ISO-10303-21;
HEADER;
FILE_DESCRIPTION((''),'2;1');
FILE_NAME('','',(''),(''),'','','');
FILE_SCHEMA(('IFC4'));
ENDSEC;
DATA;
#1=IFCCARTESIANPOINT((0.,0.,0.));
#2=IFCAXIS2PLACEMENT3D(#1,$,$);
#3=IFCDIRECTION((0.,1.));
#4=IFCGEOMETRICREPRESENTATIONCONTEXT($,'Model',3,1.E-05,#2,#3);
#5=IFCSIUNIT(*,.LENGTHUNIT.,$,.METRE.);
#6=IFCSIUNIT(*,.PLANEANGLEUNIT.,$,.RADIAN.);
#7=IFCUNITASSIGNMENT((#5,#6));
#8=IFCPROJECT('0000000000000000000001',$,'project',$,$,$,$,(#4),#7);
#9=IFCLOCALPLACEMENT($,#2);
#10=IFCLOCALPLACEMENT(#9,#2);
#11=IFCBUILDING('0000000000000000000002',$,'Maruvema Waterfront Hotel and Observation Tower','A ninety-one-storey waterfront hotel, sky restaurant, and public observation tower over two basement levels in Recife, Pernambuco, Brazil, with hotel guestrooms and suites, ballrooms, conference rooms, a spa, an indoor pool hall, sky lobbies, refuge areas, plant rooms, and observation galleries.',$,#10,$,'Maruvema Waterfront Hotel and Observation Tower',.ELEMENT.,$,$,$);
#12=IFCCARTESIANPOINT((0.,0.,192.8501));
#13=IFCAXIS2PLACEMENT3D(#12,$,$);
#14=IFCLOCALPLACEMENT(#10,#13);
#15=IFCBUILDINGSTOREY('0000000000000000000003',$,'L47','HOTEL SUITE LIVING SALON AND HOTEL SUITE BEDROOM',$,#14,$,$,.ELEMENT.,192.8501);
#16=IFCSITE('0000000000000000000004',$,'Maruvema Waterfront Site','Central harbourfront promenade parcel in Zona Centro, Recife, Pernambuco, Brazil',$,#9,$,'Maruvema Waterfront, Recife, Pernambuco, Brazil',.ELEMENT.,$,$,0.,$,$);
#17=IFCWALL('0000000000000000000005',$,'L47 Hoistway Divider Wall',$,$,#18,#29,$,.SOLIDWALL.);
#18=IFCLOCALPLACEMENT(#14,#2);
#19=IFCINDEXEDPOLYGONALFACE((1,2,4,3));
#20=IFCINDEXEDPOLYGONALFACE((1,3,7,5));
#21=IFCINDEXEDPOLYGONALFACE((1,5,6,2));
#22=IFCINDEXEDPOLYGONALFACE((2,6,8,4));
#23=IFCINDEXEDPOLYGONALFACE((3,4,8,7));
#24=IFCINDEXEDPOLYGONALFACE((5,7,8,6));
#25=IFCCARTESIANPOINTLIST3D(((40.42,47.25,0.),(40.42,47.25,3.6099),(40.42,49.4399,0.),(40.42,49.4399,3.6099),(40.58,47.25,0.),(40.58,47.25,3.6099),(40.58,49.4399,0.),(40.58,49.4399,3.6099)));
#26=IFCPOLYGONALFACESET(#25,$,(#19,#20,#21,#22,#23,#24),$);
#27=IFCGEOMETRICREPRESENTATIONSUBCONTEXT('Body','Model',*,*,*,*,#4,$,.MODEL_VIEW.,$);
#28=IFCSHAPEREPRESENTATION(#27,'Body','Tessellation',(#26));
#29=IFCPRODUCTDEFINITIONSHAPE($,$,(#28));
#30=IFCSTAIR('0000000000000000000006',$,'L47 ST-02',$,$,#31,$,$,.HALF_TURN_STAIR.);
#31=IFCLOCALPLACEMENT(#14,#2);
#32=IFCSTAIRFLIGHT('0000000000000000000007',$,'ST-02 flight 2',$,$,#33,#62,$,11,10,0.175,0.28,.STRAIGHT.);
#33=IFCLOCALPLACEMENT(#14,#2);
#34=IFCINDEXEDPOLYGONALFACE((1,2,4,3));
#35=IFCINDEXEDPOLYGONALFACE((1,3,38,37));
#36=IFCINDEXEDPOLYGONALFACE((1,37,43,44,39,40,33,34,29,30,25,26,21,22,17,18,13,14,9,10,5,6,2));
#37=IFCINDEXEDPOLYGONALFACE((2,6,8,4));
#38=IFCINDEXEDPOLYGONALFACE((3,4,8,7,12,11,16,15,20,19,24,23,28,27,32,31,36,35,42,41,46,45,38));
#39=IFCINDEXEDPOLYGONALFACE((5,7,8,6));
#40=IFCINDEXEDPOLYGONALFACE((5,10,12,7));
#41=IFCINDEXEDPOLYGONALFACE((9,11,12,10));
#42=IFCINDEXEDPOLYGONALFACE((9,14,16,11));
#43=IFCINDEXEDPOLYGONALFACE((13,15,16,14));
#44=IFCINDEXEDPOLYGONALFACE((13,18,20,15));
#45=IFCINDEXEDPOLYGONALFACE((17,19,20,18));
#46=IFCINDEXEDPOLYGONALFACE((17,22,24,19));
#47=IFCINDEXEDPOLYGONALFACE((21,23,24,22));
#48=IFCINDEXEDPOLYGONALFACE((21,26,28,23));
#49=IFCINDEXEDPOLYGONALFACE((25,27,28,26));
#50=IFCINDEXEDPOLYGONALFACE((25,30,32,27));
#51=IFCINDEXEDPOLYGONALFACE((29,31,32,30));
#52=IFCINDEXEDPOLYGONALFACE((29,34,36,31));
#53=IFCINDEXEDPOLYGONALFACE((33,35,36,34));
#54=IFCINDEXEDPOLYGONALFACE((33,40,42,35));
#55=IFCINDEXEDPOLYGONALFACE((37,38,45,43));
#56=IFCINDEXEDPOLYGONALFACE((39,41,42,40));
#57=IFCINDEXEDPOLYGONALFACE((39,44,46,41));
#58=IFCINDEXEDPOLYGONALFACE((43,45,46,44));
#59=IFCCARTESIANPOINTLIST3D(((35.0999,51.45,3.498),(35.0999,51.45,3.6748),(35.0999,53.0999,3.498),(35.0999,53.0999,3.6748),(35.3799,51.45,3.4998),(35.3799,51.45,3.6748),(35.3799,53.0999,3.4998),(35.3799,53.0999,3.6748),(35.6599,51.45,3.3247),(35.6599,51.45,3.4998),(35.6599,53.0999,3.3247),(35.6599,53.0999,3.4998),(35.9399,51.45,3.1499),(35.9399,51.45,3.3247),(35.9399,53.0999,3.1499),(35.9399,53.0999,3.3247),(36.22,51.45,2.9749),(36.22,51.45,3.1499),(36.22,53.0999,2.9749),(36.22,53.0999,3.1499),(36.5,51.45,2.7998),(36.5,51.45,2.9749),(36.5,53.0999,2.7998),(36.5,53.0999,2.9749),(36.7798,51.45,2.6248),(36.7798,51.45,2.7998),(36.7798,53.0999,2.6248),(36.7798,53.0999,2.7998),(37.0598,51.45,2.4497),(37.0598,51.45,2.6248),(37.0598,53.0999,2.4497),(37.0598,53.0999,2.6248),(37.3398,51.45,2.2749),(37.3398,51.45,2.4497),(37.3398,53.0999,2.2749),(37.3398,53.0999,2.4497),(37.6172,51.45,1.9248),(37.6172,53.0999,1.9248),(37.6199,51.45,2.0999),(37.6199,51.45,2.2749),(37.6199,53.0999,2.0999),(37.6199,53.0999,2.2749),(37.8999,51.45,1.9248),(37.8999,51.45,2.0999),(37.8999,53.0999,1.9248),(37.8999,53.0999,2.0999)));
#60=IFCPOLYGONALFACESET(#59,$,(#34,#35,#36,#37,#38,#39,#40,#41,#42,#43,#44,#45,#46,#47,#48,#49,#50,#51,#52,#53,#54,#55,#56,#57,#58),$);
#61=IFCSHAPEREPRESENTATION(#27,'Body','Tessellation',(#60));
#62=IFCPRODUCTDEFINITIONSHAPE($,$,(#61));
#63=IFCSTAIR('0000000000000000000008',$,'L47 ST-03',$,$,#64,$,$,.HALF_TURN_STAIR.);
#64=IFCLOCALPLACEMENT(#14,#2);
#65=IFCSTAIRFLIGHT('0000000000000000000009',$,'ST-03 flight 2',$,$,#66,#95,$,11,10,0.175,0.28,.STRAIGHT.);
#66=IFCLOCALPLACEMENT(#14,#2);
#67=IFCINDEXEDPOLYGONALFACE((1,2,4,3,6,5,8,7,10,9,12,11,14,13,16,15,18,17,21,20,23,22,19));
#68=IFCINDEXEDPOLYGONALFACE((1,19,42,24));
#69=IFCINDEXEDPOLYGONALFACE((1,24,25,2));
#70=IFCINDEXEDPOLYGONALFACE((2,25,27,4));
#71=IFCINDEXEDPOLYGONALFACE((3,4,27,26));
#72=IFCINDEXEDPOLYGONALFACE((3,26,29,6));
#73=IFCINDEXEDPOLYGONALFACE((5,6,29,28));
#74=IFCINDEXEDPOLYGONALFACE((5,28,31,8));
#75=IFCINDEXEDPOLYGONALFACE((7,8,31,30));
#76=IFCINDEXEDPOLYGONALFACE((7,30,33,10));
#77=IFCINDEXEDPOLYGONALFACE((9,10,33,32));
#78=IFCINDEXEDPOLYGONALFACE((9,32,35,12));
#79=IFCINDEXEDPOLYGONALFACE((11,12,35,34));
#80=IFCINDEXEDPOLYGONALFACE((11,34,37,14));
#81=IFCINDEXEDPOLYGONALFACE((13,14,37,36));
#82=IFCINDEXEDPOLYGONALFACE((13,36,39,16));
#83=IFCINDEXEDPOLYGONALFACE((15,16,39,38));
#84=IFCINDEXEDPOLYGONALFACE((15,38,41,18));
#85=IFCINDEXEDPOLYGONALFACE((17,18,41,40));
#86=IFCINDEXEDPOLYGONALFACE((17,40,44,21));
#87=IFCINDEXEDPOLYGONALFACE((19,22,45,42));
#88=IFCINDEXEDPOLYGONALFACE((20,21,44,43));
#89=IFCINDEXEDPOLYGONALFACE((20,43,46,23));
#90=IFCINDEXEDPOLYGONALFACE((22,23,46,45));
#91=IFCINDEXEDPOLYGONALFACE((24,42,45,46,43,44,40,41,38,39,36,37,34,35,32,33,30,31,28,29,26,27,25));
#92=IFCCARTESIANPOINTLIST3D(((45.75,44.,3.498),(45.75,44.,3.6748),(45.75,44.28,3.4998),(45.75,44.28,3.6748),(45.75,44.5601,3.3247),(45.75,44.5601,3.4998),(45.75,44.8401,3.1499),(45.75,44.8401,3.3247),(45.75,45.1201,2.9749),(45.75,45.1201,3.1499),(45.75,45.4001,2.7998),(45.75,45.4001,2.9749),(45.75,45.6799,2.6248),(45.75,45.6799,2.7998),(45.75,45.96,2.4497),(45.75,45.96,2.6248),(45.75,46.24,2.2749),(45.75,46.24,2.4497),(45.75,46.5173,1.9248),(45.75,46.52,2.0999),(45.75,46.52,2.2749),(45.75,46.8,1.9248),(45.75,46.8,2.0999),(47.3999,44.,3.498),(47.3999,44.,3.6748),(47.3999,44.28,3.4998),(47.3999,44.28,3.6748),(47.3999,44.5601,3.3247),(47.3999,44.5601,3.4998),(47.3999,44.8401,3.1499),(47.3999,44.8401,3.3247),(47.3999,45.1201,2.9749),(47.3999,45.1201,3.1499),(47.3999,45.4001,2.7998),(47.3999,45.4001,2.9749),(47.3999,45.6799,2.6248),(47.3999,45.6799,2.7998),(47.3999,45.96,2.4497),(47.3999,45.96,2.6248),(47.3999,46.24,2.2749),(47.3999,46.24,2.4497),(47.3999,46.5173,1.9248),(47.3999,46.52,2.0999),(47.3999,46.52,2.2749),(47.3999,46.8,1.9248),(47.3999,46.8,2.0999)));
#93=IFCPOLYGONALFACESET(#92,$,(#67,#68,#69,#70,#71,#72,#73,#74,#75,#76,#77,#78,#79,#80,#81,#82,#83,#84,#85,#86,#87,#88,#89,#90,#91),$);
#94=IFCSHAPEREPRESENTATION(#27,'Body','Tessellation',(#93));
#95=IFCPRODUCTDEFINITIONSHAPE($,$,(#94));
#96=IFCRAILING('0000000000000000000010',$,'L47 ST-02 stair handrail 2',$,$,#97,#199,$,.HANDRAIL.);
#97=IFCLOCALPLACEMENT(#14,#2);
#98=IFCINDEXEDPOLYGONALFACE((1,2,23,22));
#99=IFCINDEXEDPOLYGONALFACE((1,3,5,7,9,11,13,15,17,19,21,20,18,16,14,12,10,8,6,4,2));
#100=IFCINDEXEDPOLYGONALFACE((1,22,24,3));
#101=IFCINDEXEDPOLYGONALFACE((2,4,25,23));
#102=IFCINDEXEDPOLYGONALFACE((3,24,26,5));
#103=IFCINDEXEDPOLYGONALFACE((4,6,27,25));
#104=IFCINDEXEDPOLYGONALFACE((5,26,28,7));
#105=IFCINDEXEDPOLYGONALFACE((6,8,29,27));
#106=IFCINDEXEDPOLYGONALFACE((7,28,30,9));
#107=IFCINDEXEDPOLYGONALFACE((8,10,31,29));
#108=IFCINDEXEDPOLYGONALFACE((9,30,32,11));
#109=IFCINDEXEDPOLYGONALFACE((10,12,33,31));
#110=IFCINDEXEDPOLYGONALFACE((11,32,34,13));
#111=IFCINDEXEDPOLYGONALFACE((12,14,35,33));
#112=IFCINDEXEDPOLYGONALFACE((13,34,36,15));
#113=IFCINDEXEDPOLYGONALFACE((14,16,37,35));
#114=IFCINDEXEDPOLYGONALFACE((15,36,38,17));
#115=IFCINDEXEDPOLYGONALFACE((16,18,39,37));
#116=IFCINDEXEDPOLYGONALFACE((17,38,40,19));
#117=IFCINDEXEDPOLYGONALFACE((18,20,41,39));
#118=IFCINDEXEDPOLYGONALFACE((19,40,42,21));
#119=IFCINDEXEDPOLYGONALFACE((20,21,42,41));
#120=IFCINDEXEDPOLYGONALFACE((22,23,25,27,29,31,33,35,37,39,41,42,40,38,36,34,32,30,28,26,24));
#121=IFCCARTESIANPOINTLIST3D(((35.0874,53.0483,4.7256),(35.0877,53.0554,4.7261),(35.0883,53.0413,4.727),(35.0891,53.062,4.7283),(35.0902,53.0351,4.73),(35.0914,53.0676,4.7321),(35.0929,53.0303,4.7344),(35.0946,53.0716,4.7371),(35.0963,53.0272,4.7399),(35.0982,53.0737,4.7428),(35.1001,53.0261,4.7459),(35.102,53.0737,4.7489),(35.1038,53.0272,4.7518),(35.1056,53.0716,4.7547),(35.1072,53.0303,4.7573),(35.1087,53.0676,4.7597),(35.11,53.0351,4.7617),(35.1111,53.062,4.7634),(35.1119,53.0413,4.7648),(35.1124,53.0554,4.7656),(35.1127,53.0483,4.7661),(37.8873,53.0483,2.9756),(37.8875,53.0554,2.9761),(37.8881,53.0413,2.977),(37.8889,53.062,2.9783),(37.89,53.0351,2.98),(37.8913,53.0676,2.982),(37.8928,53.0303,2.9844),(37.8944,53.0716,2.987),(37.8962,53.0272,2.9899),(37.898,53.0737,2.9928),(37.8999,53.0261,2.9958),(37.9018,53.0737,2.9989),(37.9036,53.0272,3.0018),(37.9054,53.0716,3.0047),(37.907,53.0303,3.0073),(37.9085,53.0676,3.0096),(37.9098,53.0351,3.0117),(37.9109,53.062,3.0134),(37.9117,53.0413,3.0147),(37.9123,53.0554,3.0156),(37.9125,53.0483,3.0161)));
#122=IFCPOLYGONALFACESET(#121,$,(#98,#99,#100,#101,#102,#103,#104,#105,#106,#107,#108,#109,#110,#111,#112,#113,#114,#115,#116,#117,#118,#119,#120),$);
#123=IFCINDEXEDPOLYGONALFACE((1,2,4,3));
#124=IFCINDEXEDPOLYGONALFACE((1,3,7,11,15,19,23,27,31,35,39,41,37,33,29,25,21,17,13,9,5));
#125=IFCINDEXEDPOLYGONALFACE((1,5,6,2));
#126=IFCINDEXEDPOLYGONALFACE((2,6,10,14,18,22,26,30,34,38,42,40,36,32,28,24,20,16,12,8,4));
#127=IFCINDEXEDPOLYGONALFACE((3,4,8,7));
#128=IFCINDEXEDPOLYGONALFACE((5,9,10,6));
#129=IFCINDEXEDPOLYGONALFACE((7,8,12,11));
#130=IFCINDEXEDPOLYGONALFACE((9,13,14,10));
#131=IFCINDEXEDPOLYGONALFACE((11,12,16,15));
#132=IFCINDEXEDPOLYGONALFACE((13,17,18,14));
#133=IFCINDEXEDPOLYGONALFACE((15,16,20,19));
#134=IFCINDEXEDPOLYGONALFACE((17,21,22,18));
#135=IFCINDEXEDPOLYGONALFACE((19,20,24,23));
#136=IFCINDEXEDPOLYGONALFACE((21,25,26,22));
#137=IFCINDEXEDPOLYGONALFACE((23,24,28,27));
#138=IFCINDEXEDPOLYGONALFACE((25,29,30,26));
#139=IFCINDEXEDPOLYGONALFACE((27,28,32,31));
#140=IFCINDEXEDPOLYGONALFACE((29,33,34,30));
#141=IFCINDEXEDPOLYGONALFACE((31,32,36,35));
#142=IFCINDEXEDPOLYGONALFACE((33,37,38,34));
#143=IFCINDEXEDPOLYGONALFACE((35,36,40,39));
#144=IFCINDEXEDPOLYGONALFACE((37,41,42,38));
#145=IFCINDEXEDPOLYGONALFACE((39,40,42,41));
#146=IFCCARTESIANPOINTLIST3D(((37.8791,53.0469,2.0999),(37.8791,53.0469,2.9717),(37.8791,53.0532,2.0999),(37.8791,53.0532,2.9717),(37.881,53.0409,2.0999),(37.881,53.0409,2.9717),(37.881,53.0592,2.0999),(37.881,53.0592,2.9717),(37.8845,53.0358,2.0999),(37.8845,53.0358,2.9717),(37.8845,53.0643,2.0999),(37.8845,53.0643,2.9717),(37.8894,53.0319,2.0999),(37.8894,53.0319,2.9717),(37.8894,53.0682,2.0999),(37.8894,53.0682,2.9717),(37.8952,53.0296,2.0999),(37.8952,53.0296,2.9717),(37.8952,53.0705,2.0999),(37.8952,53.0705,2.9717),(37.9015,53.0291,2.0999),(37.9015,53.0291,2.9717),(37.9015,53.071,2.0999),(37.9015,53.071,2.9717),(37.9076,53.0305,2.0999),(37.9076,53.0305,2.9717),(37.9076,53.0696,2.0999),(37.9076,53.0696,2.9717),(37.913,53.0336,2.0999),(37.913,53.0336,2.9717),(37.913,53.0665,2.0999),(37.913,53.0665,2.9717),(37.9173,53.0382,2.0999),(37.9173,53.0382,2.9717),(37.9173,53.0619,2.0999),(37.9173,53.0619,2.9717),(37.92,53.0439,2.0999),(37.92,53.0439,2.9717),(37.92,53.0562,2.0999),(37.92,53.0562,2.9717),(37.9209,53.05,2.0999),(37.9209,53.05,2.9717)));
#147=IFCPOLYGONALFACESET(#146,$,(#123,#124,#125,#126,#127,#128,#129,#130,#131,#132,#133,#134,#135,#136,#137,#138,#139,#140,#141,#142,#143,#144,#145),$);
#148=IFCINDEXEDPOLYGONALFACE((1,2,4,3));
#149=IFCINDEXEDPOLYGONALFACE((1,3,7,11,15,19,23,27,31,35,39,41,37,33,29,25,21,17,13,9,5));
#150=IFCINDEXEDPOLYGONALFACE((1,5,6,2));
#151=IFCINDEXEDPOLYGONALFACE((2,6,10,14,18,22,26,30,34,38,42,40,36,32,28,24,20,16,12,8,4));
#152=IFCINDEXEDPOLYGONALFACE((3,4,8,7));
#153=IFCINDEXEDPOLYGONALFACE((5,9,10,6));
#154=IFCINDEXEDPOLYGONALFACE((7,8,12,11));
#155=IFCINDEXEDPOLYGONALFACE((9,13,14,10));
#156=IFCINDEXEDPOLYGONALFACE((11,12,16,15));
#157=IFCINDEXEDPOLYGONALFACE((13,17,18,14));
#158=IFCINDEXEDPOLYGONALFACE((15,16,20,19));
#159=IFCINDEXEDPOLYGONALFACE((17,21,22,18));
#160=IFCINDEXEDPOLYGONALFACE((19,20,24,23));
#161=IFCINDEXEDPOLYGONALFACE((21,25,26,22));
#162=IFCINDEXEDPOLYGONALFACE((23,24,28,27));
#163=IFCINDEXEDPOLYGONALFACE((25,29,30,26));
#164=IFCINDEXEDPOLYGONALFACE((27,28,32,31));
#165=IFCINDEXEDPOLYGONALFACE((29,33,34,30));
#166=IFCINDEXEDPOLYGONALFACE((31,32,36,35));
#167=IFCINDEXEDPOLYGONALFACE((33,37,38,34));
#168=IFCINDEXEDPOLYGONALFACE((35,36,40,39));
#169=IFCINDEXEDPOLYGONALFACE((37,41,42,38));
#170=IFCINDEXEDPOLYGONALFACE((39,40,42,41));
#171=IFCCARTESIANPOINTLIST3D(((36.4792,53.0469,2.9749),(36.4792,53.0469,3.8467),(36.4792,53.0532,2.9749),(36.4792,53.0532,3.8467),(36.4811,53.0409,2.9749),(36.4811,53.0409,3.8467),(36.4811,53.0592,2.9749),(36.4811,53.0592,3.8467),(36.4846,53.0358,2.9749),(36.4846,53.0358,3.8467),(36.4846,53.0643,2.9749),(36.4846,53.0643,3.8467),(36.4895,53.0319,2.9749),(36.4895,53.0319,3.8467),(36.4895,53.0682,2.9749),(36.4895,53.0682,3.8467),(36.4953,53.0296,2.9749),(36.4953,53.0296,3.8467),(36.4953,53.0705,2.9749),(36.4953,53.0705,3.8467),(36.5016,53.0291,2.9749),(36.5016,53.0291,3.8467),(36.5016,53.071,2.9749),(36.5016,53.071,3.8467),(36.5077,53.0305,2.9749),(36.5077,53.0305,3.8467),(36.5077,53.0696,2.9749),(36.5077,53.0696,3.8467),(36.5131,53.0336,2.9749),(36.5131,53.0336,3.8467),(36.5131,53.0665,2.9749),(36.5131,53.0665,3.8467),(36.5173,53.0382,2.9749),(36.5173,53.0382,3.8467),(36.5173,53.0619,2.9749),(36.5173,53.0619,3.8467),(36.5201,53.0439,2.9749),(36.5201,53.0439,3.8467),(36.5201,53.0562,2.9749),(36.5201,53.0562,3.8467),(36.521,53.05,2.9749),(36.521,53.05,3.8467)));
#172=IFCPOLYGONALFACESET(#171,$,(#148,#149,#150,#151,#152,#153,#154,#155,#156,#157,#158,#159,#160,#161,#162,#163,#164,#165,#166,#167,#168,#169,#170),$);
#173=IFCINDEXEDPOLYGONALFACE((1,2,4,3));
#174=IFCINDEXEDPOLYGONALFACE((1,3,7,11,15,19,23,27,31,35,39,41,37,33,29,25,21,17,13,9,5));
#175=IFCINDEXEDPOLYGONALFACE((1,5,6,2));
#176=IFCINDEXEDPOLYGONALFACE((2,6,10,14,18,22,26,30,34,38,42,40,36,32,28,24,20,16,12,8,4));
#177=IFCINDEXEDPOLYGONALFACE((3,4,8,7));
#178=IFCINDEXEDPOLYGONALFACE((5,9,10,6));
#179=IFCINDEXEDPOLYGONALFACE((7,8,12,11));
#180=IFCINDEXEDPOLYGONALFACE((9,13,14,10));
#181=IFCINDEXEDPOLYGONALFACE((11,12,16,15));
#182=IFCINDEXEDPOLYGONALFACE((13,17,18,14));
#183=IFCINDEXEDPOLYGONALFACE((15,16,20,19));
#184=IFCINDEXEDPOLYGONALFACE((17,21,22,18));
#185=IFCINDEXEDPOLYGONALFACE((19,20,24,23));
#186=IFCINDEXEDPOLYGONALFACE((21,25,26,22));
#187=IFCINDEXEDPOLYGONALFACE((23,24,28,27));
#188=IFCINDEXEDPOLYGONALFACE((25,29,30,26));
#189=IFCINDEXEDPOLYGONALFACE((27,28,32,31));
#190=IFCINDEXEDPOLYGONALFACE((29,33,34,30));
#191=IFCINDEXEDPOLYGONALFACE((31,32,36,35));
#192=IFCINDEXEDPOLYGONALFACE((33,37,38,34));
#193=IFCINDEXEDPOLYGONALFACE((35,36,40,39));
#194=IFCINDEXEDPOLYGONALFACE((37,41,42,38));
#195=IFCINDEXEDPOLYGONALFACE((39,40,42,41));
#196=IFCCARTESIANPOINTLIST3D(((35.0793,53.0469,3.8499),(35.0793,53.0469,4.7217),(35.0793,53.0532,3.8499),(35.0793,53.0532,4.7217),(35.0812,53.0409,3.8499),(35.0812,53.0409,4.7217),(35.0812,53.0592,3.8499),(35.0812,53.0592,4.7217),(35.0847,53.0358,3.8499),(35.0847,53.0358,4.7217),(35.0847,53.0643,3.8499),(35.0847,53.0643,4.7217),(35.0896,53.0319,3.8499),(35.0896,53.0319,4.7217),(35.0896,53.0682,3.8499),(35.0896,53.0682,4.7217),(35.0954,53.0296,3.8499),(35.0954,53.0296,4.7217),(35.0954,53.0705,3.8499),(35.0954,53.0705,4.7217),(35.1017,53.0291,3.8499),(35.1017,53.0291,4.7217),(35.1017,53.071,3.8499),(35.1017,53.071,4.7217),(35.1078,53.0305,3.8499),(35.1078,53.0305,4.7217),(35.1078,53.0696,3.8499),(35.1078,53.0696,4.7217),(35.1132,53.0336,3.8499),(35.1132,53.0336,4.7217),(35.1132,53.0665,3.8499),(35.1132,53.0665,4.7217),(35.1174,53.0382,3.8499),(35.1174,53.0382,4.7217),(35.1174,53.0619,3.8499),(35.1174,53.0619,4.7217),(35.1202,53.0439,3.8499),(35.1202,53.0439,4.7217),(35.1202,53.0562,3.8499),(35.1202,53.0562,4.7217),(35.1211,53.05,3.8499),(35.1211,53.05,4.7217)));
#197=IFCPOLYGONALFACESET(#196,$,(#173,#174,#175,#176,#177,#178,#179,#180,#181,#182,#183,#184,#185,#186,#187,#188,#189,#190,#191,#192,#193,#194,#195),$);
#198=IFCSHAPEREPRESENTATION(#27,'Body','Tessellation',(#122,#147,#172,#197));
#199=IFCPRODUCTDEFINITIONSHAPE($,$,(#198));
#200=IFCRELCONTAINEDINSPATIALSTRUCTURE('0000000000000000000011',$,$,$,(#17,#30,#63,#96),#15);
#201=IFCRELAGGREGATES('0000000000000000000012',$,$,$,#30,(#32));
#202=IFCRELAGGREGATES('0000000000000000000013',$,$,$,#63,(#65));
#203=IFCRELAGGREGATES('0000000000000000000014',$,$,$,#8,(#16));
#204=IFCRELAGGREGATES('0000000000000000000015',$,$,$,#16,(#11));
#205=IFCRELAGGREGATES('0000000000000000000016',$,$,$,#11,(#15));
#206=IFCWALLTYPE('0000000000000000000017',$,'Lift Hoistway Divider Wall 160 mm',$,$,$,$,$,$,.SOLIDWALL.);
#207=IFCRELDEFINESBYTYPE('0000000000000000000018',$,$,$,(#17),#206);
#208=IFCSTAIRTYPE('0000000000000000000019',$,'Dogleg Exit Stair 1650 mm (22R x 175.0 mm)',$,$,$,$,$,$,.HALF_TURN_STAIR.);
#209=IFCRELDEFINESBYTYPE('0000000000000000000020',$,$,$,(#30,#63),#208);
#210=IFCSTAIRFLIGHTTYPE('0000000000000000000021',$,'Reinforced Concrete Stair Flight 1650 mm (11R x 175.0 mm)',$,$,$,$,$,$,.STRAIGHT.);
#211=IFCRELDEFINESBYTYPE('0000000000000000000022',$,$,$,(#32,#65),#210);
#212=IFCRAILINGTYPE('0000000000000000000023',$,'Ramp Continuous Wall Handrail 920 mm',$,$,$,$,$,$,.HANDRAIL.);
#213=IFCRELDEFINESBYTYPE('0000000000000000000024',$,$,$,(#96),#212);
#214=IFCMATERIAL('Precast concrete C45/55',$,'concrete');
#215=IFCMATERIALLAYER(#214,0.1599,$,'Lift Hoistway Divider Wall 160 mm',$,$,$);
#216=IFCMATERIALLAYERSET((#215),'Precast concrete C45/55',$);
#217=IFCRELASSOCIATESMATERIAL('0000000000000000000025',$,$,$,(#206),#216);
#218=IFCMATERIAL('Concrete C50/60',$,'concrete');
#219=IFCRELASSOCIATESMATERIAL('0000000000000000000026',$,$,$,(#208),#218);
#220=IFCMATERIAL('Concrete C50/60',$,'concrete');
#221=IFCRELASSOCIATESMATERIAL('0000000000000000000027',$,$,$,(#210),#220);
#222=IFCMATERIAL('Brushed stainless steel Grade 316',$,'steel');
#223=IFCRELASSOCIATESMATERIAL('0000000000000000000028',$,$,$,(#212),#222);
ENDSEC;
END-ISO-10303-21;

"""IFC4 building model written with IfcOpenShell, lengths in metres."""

from ifc_helpers import new_model, si_unit, direction, frame, frame_2d, origin, origin_2d, place, context, subcontext, project, spatial, polyline, rectangle, circle, outline, extrude, material, layer, layer_set, type_object, element, aggregate, save


model = new_model("IFC4")

# Units and contexts
model_context = context("Model", 3, precision=1e-05, world=origin(), true_north=direction((0.0, 1.0)))
body_context = subcontext(model_context, "Body", "Model", "MODEL_VIEW")
ifc_project = project(units=[si_unit("LENGTHUNIT", "METRE"), si_unit("PLANEANGLEUNIT", "RADIAN")], contexts=[model_context])

# Site, building, storey
site_placement = place(None, origin())
site = spatial("IfcSite", under=ifc_project, at=site_placement, Name="Maruvema Waterfront Site", Description="Central harbourfront promenade parcel in Zona Centro, Recife, Pernambuco, Brazil", LongName="Maruvema Waterfront, Recife, Pernambuco, Brazil", CompositionType="ELEMENT", RefElevation=0.0)
building_placement = place(site_placement, origin())
building = spatial("IfcBuilding", under=site, at=building_placement, Name="Maruvema Waterfront Hotel and Observation Tower", Description="A ninety-one-storey waterfront hotel, sky restaurant, and public observation tower over two basement levels in Recife, Pernambuco, Brazil, with hotel guestrooms and suites, ballrooms, conference rooms, a spa, an indoor pool hall, sky lobbies, refuge areas, plant rooms, and observation galleries.", LongName="Maruvema Waterfront Hotel and Observation Tower", CompositionType="ELEMENT")
storey_placement = place(building_placement, frame((0.0, 0.0, 192.8501)))
storey = spatial("IfcBuildingStorey", under=building, at=storey_placement, Name="L47", Description="HOTEL SUITE LIVING SALON AND HOTEL SUITE BEDROOM", CompositionType="ELEMENT", Elevation=192.8501)

# Wall
ifc_material_1 = material(Name="Precast concrete C45/55", Category="concrete")
ifc_layer_1 = layer(ifc_material_1, 0.1599, Name="Lift Hoistway Divider Wall 160 mm")
ifc_layer_set_1 = layer_set([ifc_layer_1], Name="Precast concrete C45/55")
wall_type_1 = type_object("IfcWallType", Name="Lift Hoistway Divider Wall 160 mm", PredefinedType="SOLIDWALL", material=ifc_layer_set_1)
for number, where, z_axis, x_axis, name in (
    (1, (40.5, 47.25, 0.0), (0.0, 0.0, 1.0), (0.0, 1.0, 0.0), "L47 Hoistway Divider Wall"),
):
    element("IfcWall", number, at=place(storey_placement, frame(where, z_axis=z_axis, x_axis=x_axis)), inside=storey, type_object=wall_type_1, Name=name, PredefinedType="SOLIDWALL", context=body_context, shape_type="SweptSolid", body=[
        extrude(rectangle(XDim=2.1899, YDim=0.1599, at=frame_2d((1.095, 0.0))), origin(), (0.0, 0.0, 1.0), 3.6099),
    ])

# Stairs, stair flights
ifc_material_2 = material(Name="Concrete C50/60", Category="concrete")
stair_type = type_object("IfcStairType", Name="Dogleg Exit Stair 1650 mm (22R x 175.0 mm)", PredefinedType="HALF_TURN_STAIR", material=ifc_material_2)
stair_1_placement = place(storey_placement, origin())
stair_1 = element("IfcStair", 2, at=stair_1_placement, inside=storey, type_object=stair_type, Name="L47 ST-02", PredefinedType="HALF_TURN_STAIR")
ifc_material_3 = material(Name="Concrete C50/60", Category="concrete")
stair_flight_type = type_object("IfcStairFlightType", Name="Reinforced Concrete Stair Flight 1650 mm (11R x 175.0 mm)", PredefinedType="STRAIGHT", material=ifc_material_3)
stair_flight_1_placement = place(storey_placement, frame((37.8999, 52.2749, 1.9248), z_axis=(0.0, 0.0, 1.0), x_axis=(-1.0, 0.0, 0.0)))
stair_flight_1 = element("IfcStairFlight", 3, at=stair_flight_1_placement, type_object=stair_flight_type, Name="ST-02 flight 2", NumberOfRisers=11, NumberOfTreads=10, PredefinedType="STRAIGHT", RiserHeight=0.175, TreadLength=0.28, context=body_context, shape_type="SweptSolid", body=[
    extrude(outline(polyline([(0.0, 0.0), (0.0, 0.175), (0.28, 0.175), (0.28, 0.3501), (0.5601, 0.3501), (0.5601, 0.5249), (0.8401, 0.5249), (0.8401, 0.7), (1.1201, 0.7), (1.1201, 0.875), (1.3999, 0.875), (1.3999, 1.05), (1.6799, 1.05), (1.6799, 1.2251), (1.96, 1.2251), (1.96, 1.3999), (2.24, 1.3999), (2.24, 1.575), (2.52, 1.575), (2.52, 1.75), (2.8, 1.75), (2.8, 1.925), (2.8, 1.5732), (0.2827, 0.0), (0.0, 0.0)])), frame((0.0, 0.825, 0.0), z_axis=(0.0, -1.0, 0.0), x_axis=(1.0, 0.0, 0.0)), (0.0, 0.0, 1.0), 1.6499),
])
aggregate(stair_1, [stair_flight_1])
stair_2_placement = place(storey_placement, origin())
stair_2 = element("IfcStair", 4, at=stair_2_placement, inside=storey, type_object=stair_type, Name="L47 ST-03", PredefinedType="HALF_TURN_STAIR")
stair_flight_2_placement = place(storey_placement, frame((46.575, 46.8, 1.9248), z_axis=(0.0, 0.0, 1.0), x_axis=(0.0, -1.0, 0.0)))
stair_flight_2 = element("IfcStairFlight", 5, at=stair_flight_2_placement, type_object=stair_flight_type, Name="ST-03 flight 2", NumberOfRisers=11, NumberOfTreads=10, PredefinedType="STRAIGHT", RiserHeight=0.175, TreadLength=0.28, context=body_context, shape_type="SweptSolid", body=[
    extrude(outline(polyline([(0.0, 0.0), (0.0, 0.175), (0.28, 0.175), (0.28, 0.3501), (0.5601, 0.3501), (0.5601, 0.5249), (0.8401, 0.5249), (0.8401, 0.7), (1.1201, 0.7), (1.1201, 0.875), (1.3999, 0.875), (1.3999, 1.05), (1.6799, 1.05), (1.6799, 1.2251), (1.96, 1.2251), (1.96, 1.3999), (2.24, 1.3999), (2.24, 1.575), (2.52, 1.575), (2.52, 1.75), (2.8, 1.75), (2.8, 1.925), (2.8, 1.5732), (0.2827, 0.0), (0.0, 0.0)])), frame((0.0, 0.825, 0.0), z_axis=(0.0, -1.0, 0.0), x_axis=(1.0, 0.0, 0.0)), (0.0, 0.0, 1.0), 1.6499),
])
aggregate(stair_2, [stair_flight_2])

# Railing
ifc_material_4 = material(Name="Brushed stainless steel Grade 316", Category="steel")
railing_type_1 = type_object("IfcRailingType", Name="Ramp Continuous Wall Handrail 920 mm", PredefinedType="HANDRAIL", material=ifc_material_4)
railing_1_placement = place(storey_placement, frame((37.8999, 53.05, 2.0999)))
element("IfcRailing", 6, at=railing_1_placement, inside=storey, type_object=railing_type_1, Name="L47 ST-02 stair handrail 2", PredefinedType="HANDRAIL", context=body_context, shape_type="SweptSolid", body=[
    extrude(circle(Radius=0.0239, at=origin_2d()), frame((0.0, 0.0, 0.896), z_axis=(-0.847982, 0.0, 0.530026), x_axis=(0.0, -1.0, 0.0)), (0.0, 0.0, 1.0), 3.3018),
    extrude(circle(Radius=0.021, at=origin_2d()), origin(), (0.0, 0.0, 1.0), 0.8718),
    extrude(circle(Radius=0.021, at=origin_2d()), frame((-1.3999, 0.0, 0.875)), (0.0, 0.0, 1.0), 0.8718),
    extrude(circle(Radius=0.021, at=origin_2d()), frame((-2.7998, 0.0, 1.75)), (0.0, 0.0, 1.0), 0.8718),
])

save(model, "model.ifc")
